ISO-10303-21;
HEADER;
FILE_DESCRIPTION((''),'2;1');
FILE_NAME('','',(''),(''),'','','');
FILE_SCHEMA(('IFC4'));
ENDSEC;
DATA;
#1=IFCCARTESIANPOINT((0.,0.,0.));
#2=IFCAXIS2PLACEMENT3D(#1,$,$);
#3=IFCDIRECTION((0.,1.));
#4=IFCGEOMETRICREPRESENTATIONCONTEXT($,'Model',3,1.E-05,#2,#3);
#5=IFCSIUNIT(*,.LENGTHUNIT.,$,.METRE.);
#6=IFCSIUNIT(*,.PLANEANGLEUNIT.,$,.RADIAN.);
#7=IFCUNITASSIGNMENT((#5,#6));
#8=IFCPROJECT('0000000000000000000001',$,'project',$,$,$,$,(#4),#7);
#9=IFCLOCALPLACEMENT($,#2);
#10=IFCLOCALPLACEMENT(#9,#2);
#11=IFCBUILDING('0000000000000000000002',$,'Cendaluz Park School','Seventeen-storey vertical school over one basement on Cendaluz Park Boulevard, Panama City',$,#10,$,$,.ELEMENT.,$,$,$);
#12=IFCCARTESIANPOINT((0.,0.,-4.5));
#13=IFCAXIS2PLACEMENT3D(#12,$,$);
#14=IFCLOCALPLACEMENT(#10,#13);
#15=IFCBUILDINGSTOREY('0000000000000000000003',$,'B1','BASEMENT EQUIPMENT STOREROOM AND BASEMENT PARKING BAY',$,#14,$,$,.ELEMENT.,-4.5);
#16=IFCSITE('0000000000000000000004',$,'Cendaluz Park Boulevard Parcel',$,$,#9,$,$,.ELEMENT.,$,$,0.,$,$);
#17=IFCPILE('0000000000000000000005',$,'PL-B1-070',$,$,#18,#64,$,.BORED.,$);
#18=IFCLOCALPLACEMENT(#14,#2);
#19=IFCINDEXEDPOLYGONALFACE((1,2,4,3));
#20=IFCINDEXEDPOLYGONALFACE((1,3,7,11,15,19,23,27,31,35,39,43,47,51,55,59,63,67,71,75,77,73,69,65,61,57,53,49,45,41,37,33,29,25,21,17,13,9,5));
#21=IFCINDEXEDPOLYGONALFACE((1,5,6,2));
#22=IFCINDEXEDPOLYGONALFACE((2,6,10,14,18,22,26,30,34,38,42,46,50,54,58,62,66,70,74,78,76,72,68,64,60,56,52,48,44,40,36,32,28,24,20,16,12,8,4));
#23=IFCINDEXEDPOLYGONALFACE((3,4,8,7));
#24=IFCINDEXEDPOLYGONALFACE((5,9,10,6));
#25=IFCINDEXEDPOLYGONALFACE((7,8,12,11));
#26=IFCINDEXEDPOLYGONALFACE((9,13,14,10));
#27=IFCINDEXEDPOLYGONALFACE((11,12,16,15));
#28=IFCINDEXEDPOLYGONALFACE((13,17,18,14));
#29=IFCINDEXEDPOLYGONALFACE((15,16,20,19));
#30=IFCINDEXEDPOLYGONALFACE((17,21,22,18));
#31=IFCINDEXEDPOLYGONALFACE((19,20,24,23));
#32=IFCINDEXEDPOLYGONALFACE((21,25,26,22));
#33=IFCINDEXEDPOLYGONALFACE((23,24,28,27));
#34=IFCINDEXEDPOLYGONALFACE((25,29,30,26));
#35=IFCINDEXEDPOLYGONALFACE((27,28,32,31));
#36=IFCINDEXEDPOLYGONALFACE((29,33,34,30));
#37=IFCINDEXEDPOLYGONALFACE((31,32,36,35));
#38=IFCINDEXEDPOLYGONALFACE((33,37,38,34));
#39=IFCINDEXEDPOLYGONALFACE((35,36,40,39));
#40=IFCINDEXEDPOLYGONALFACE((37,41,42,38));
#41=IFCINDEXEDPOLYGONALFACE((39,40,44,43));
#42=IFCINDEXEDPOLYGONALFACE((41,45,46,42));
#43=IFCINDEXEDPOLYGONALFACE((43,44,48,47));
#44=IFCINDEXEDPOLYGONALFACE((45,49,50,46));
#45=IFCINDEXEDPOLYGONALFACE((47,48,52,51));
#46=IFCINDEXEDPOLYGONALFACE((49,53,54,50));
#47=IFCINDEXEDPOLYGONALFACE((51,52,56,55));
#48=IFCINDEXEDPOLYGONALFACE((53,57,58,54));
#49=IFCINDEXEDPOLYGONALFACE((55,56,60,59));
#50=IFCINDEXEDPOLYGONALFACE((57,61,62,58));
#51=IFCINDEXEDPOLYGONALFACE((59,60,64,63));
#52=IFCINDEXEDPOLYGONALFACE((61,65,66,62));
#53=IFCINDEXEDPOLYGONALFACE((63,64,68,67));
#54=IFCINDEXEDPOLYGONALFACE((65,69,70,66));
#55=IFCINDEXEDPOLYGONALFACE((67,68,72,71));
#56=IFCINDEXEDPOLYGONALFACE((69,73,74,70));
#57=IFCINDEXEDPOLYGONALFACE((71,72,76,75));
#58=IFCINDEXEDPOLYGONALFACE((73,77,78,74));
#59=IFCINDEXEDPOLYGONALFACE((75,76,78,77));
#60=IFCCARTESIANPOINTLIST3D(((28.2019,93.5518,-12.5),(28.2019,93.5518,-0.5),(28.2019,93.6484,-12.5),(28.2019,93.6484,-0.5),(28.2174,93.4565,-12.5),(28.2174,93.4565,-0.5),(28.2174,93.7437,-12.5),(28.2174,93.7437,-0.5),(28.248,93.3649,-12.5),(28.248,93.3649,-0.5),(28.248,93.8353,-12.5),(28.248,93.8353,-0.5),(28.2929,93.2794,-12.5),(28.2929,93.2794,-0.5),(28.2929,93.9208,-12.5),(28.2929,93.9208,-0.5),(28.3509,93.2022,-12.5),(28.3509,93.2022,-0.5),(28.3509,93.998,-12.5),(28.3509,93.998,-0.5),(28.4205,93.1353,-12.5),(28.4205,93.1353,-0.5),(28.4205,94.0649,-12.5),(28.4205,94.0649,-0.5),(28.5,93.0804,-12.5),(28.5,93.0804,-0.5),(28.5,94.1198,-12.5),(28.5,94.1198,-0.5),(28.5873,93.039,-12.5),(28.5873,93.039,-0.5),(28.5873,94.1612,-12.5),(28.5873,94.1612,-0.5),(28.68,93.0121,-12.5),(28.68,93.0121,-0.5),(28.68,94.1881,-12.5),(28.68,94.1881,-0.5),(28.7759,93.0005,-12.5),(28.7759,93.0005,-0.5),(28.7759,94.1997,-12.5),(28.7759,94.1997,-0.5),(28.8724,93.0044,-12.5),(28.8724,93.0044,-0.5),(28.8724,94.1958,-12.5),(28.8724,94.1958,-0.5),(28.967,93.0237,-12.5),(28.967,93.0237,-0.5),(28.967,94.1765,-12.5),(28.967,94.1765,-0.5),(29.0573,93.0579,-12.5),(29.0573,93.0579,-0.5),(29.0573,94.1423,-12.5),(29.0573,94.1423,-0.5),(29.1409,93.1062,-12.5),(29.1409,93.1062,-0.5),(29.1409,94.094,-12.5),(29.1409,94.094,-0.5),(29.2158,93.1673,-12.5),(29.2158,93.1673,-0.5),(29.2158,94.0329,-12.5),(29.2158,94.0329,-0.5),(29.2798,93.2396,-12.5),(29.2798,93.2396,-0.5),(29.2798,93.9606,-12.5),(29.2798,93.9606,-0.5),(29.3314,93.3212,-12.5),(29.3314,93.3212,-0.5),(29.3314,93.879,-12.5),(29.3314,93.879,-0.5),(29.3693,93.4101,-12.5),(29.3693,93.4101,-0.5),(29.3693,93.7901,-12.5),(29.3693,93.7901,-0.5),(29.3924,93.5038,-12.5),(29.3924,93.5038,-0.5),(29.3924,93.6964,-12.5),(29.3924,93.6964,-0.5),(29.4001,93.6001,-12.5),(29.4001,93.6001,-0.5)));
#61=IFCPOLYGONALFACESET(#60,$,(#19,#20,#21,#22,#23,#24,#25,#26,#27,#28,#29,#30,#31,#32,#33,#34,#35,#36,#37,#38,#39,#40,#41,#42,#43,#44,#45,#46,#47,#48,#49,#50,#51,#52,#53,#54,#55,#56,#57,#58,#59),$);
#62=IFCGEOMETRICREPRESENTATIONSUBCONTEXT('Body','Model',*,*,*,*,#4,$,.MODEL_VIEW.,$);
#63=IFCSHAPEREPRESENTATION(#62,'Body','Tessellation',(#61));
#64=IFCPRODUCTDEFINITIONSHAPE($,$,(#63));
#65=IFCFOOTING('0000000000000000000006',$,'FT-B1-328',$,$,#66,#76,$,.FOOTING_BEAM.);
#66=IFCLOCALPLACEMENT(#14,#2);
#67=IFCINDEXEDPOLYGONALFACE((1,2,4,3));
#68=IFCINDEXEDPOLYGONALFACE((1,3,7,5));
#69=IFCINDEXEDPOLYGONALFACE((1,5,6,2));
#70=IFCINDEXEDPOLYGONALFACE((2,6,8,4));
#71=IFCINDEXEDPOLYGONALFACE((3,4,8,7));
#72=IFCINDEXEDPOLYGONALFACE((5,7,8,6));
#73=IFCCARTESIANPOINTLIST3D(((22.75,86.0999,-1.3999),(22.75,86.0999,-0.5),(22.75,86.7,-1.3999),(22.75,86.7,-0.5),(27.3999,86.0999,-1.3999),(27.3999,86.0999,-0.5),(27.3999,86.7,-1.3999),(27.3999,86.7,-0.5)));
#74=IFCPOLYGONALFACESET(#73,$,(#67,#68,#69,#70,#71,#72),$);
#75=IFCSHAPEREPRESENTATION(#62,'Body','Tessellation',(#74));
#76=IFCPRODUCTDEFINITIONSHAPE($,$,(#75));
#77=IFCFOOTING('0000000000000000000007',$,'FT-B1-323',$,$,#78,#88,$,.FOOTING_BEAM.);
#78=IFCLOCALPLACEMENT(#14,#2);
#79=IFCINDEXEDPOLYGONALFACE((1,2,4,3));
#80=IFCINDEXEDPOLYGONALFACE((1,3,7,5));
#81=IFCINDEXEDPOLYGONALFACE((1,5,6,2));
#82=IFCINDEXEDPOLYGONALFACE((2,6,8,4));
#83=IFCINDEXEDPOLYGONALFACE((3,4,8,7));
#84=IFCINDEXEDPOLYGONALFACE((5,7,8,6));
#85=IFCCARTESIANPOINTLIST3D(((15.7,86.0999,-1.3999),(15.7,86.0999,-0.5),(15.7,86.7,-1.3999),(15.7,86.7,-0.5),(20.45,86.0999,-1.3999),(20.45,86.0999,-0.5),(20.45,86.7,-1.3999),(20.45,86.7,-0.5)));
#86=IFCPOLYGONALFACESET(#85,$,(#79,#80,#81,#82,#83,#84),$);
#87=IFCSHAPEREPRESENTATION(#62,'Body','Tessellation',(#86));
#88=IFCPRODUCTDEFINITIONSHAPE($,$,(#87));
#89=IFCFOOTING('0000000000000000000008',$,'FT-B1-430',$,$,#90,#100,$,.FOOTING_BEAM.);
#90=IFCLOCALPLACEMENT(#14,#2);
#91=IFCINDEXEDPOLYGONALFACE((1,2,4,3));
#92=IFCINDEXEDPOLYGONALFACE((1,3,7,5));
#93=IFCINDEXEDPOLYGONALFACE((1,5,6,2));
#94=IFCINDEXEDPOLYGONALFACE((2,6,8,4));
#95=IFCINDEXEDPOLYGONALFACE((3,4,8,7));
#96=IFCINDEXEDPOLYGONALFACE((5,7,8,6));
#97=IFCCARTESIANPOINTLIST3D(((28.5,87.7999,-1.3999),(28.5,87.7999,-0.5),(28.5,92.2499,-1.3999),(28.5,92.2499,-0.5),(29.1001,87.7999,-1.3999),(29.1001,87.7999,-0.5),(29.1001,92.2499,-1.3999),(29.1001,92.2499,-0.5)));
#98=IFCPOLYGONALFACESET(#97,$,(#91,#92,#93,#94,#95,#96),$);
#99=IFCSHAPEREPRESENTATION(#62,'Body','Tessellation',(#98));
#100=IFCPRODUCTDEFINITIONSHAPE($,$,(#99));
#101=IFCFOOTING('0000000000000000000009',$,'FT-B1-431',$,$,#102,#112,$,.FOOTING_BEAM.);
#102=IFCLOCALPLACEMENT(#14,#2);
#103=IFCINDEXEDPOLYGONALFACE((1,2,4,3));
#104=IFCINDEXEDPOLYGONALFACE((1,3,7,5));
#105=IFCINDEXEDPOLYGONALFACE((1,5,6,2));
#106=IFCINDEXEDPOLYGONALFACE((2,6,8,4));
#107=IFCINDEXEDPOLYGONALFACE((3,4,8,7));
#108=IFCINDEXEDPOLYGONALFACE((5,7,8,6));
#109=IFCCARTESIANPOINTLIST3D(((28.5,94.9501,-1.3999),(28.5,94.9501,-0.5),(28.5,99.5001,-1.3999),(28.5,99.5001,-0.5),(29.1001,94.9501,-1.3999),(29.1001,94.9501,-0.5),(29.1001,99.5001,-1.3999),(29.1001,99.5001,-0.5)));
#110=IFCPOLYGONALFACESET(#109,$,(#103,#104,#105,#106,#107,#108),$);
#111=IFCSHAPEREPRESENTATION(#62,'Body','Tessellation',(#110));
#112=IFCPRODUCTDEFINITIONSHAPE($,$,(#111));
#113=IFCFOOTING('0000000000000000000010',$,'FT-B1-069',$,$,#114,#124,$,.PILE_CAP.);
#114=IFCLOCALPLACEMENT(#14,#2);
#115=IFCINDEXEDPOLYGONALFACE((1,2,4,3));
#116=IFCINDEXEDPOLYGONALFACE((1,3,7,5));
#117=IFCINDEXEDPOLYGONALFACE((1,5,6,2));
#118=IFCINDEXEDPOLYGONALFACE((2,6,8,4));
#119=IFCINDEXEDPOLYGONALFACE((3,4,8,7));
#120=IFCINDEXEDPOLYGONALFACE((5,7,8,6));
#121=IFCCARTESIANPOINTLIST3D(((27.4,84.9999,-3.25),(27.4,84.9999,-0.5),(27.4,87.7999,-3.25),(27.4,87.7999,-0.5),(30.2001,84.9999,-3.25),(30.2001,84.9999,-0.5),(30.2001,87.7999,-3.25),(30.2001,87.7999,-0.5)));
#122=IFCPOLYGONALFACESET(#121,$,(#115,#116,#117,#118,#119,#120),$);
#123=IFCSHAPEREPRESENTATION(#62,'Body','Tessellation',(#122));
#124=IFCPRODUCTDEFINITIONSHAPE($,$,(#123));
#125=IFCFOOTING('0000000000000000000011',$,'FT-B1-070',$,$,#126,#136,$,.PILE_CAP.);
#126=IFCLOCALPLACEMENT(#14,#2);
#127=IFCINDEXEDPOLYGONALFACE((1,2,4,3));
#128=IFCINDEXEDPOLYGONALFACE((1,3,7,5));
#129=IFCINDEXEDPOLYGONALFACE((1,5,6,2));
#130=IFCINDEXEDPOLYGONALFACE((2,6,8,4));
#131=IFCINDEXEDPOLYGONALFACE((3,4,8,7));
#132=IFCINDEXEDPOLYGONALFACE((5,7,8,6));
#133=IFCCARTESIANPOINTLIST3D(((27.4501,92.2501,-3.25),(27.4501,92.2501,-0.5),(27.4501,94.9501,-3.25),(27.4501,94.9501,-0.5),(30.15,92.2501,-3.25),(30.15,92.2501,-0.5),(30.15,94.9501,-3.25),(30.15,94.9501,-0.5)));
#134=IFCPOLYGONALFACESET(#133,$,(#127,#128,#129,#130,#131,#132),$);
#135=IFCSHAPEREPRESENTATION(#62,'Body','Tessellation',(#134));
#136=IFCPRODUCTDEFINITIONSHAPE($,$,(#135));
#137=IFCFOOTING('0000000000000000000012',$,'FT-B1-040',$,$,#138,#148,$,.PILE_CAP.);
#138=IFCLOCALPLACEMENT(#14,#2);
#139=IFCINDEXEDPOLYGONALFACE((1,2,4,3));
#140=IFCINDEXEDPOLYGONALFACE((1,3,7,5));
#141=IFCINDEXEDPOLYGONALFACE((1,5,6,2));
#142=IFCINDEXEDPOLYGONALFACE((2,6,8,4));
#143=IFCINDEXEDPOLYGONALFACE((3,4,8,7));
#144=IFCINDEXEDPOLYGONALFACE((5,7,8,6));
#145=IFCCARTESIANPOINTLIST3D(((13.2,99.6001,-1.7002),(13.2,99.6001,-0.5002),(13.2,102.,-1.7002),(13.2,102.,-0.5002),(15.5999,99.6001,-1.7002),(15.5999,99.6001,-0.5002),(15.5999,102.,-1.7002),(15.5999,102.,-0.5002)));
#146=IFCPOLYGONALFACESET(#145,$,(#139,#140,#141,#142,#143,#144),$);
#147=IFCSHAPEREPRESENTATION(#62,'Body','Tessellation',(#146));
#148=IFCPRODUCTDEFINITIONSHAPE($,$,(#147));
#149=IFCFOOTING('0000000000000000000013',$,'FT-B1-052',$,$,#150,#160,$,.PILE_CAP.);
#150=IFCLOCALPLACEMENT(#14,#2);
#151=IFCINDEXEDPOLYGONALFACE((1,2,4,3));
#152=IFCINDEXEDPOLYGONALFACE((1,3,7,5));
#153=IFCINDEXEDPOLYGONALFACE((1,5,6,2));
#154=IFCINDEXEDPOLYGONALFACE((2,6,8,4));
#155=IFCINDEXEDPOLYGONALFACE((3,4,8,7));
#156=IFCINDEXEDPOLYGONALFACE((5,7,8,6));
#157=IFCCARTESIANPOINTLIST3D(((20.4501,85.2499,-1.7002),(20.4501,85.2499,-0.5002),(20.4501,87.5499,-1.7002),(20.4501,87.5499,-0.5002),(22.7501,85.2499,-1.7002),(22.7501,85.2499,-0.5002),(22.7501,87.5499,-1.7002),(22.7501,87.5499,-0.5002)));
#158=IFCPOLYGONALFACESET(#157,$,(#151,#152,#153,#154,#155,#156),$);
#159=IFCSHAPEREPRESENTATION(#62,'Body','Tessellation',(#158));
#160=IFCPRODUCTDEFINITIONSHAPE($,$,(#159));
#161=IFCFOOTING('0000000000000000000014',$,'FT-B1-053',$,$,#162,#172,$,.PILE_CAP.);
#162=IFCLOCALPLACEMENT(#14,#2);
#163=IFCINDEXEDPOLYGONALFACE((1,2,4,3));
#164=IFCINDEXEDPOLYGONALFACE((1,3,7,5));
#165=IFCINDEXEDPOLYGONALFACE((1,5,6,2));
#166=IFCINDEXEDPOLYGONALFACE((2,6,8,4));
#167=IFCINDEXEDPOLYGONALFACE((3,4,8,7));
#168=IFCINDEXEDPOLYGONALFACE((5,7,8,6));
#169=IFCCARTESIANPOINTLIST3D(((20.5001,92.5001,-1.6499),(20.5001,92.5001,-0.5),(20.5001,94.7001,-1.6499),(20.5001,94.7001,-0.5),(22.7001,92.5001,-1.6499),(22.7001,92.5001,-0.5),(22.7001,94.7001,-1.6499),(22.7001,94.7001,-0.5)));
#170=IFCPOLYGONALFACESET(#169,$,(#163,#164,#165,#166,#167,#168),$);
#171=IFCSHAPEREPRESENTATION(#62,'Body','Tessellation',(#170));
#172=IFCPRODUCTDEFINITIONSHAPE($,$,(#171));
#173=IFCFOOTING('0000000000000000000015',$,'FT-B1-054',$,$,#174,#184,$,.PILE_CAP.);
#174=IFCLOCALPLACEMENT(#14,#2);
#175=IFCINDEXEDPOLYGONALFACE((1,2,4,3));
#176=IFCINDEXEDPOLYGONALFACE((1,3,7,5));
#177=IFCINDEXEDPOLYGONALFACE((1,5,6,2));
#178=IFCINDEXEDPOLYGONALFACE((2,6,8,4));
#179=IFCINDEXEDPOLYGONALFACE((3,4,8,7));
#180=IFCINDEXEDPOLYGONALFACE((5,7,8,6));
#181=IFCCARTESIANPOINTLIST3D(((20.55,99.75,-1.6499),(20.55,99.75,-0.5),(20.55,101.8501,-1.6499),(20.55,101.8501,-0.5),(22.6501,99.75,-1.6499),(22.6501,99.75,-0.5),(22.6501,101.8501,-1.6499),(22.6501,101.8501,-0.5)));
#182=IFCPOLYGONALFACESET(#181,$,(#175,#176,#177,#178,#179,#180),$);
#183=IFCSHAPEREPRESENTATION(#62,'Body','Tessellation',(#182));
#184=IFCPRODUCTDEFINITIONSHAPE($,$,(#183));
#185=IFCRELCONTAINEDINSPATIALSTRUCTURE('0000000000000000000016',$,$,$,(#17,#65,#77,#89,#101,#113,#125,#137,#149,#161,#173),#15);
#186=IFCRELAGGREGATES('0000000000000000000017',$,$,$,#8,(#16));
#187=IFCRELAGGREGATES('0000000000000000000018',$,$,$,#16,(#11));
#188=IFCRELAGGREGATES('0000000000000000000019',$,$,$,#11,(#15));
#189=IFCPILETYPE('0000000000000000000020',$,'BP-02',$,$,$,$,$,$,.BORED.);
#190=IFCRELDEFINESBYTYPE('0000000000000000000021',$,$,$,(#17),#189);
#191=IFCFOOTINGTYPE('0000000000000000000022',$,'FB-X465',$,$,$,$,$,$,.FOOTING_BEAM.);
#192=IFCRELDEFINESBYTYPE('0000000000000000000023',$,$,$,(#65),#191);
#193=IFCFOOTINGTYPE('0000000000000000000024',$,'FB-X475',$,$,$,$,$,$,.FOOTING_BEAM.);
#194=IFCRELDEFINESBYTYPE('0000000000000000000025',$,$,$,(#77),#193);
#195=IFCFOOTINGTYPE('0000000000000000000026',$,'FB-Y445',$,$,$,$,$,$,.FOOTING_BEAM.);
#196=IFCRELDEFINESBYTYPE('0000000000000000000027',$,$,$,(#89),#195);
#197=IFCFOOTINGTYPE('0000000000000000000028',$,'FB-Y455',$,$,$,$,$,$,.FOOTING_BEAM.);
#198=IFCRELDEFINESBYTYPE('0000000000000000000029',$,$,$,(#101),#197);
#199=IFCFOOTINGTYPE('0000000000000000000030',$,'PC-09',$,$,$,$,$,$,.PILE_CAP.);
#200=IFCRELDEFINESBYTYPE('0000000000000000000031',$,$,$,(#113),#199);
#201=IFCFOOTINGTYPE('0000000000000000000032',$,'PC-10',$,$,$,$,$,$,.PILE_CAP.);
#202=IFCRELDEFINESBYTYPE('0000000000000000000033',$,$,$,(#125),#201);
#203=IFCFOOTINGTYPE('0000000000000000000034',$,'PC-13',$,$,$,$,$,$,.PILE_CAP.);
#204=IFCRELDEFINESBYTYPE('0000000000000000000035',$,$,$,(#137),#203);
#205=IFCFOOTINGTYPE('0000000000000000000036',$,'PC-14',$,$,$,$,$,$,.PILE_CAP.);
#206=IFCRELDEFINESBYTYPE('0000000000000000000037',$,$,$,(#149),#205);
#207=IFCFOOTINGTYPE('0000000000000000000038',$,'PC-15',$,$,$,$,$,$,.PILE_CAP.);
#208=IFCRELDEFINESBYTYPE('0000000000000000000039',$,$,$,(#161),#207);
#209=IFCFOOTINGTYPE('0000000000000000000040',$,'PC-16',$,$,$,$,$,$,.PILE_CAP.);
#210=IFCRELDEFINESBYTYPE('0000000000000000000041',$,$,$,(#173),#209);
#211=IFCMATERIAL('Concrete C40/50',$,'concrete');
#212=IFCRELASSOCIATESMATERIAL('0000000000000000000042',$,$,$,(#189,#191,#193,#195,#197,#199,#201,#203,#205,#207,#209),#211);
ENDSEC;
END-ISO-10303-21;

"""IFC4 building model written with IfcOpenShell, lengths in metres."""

from ifc_helpers import new_model, si_unit, direction, frame, origin, origin_2d, place, context, subcontext, project, spatial, rectangle, circle, extrude, material, material_profile, profile_set, type_object, element, save


model = new_model("IFC4")

# Units and contexts
model_context = context("Model", 3, precision=1e-05, world=origin(), true_north=direction((0.0, 1.0)))
body_context = subcontext(model_context, "Body", "Model", "MODEL_VIEW")
ifc_project = project(units=[si_unit("LENGTHUNIT", "METRE"), si_unit("PLANEANGLEUNIT", "RADIAN")], contexts=[model_context])

# Site, building, storey
site_placement = place(None, origin())
site = spatial("IfcSite", under=ifc_project, at=site_placement, Name="Cendaluz Park Boulevard Parcel", CompositionType="ELEMENT", RefElevation=0.0)
building_placement = place(site_placement, origin())
building = spatial("IfcBuilding", under=site, at=building_placement, Name="Cendaluz Park School", Description="Seventeen-storey vertical school over one basement on Cendaluz Park Boulevard, Panama City", CompositionType="ELEMENT")
storey_placement = place(building_placement, frame((0.0, 0.0, -4.5)))
storey = spatial("IfcBuildingStorey", under=building, at=storey_placement, Name="B1", Description="BASEMENT EQUIPMENT STOREROOM AND BASEMENT PARKING BAY", CompositionType="ELEMENT", Elevation=-4.5)

# Pile
ifc_material_1 = material(Name="Concrete C40/50", Category="concrete")
ifc_material_profile_1 = material_profile(ifc_material_1, circle(Radius=0.6001, at=origin_2d()), Name="BP D1200", Category="concrete")
ifc_profile_set_1 = profile_set([ifc_material_profile_1], Name="Concrete C40/50")
pile_type_1 = type_object("IfcPileType", Name="BP-02", PredefinedType="BORED", material=ifc_profile_set_1)
for number, where, z_axis, x_axis, name in (
    (1, (28.8, 93.6001, -0.5), (0.0, 0.0, -1.0), (1.0, 0.0, 0.0), "PL-B1-070"),
):
    element("IfcPile", number, at=place(storey_placement, frame(where, z_axis=z_axis, x_axis=x_axis)), inside=storey, type_object=pile_type_1, Name=name, PredefinedType="BORED", context=body_context, shape_type="SweptSolid", body=[
        extrude(circle(Radius=0.6001, at=origin_2d()), origin(), (0.0, 0.0, 1.0), 12.0),
    ])

# Footings
footing_type_1 = type_object("IfcFootingType", Name="FB-X465", PredefinedType="FOOTING_BEAM", material=ifc_material_1)
footing_1_placement = place(storey_placement, frame((25.075, 86.3999, -1.3999), z_axis=(0.0, 0.0, 1.0), x_axis=(1.0, 0.0, 0.0)))
element("IfcFooting", 2, at=footing_1_placement, inside=storey, type_object=footing_type_1, Name="FT-B1-328", PredefinedType="FOOTING_BEAM", context=body_context, shape_type="SweptSolid", body=[
    extrude(rectangle(XDim=4.6499, YDim=0.6001, at=origin_2d()), origin(), (0.0, 0.0, 1.0), 0.8999),
])
footing_type_2 = type_object("IfcFootingType", Name="FB-X475", PredefinedType="FOOTING_BEAM", material=ifc_material_1)
footing_2_placement = place(storey_placement, frame((18.075, 86.3999, -1.3999), z_axis=(0.0, 0.0, 1.0), x_axis=(1.0, 0.0, 0.0)))
element("IfcFooting", 3, at=footing_2_placement, inside=storey, type_object=footing_type_2, Name="FT-B1-323", PredefinedType="FOOTING_BEAM", context=body_context, shape_type="SweptSolid", body=[
    extrude(rectangle(XDim=4.75, YDim=0.6001, at=origin_2d()), origin(), (0.0, 0.0, 1.0), 0.8999),
])
footing_type_3 = type_object("IfcFootingType", Name="FB-Y445", PredefinedType="FOOTING_BEAM", material=ifc_material_1)
footing_3_placement = place(storey_placement, frame((28.8, 90.0249, -1.3999), z_axis=(0.0, 0.0, 1.0), x_axis=(1.0, 0.0, 0.0)))
element("IfcFooting", 4, at=footing_3_placement, inside=storey, type_object=footing_type_3, Name="FT-B1-430", PredefinedType="FOOTING_BEAM", context=body_context, shape_type="SweptSolid", body=[
    extrude(rectangle(XDim=0.6001, YDim=4.45, at=origin_2d()), origin(), (0.0, 0.0, 1.0), 0.8999),
])
footing_type_4 = type_object("IfcFootingType", Name="FB-Y455", PredefinedType="FOOTING_BEAM", material=ifc_material_1)
footing_4_placement = place(storey_placement, frame((28.8, 97.2251, -1.3999), z_axis=(0.0, 0.0, 1.0), x_axis=(1.0, 0.0, 0.0)))
element("IfcFooting", 5, at=footing_4_placement, inside=storey, type_object=footing_type_4, Name="FT-B1-431", PredefinedType="FOOTING_BEAM", context=body_context, shape_type="SweptSolid", body=[
    extrude(rectangle(XDim=0.6001, YDim=4.55, at=origin_2d()), origin(), (0.0, 0.0, 1.0), 0.8999),
])
footing_type_5 = type_object("IfcFootingType", Name="PC-09", PredefinedType="PILE_CAP", material=ifc_material_1)
footing_5_placement = place(storey_placement, frame((28.8, 86.3999, -3.25), z_axis=(0.0, 0.0, 1.0), x_axis=(1.0, 0.0, 0.0)))
element("IfcFooting", 6, at=footing_5_placement, inside=storey, type_object=footing_type_5, Name="FT-B1-069", PredefinedType="PILE_CAP", context=body_context, shape_type="SweptSolid", body=[
    extrude(rectangle(XDim=2.8, YDim=2.8, at=origin_2d()), origin(), (0.0, 0.0, 1.0), 2.75),
])
footing_type_6 = type_object("IfcFootingType", Name="PC-10", PredefinedType="PILE_CAP", material=ifc_material_1)
footing_6_placement = place(storey_placement, frame((28.8, 93.6001, -3.25), z_axis=(0.0, 0.0, 1.0), x_axis=(1.0, 0.0, 0.0)))
element("IfcFooting", 7, at=footing_6_placement, inside=storey, type_object=footing_type_6, Name="FT-B1-070", PredefinedType="PILE_CAP", context=body_context, shape_type="SweptSolid", body=[
    extrude(rectangle(XDim=2.7, YDim=2.7, at=origin_2d()), origin(), (0.0, 0.0, 1.0), 2.75),
])
footing_type_7 = type_object("IfcFootingType", Name="PC-13", PredefinedType="PILE_CAP", material=ifc_material_1)
footing_7_placement = place(storey_placement, frame((14.3999, 100.8, -1.7002), z_axis=(0.0, 0.0, 1.0), x_axis=(1.0, 0.0, 0.0)))
element("IfcFooting", 8, at=footing_7_placement, inside=storey, type_object=footing_type_7, Name="FT-B1-040", PredefinedType="PILE_CAP", context=body_context, shape_type="SweptSolid", body=[
    extrude(rectangle(XDim=2.3999, YDim=2.3999, at=origin_2d()), origin(), (0.0, 0.0, 1.0), 1.2),
])
footing_type_8 = type_object("IfcFootingType", Name="PC-14", PredefinedType="PILE_CAP", material=ifc_material_1)
footing_8_placement = place(storey_placement, frame((21.6001, 86.3999, -1.7002), z_axis=(0.0, 0.0, 1.0), x_axis=(1.0, 0.0, 0.0)))
element("IfcFooting", 9, at=footing_8_placement, inside=storey, type_object=footing_type_8, Name="FT-B1-052", PredefinedType="PILE_CAP", context=body_context, shape_type="SweptSolid", body=[
    extrude(rectangle(XDim=2.3, YDim=2.3, at=origin_2d()), origin(), (0.0, 0.0, 1.0), 1.2),
])
footing_type_9 = type_object("IfcFootingType", Name="PC-15", PredefinedType="PILE_CAP", material=ifc_material_1)
footing_9_placement = place(storey_placement, frame((21.6001, 93.6001, -1.6499), z_axis=(0.0, 0.0, 1.0), x_axis=(1.0, 0.0, 0.0)))
element("IfcFooting", 10, at=footing_9_placement, inside=storey, type_object=footing_type_9, Name="FT-B1-053", PredefinedType="PILE_CAP", context=body_context, shape_type="SweptSolid", body=[
    extrude(rectangle(XDim=2.2, YDim=2.2, at=origin_2d()), origin(), (0.0, 0.0, 1.0), 1.1499),
])
footing_type_10 = type_object("IfcFootingType", Name="PC-16", PredefinedType="PILE_CAP", material=ifc_material_1)
footing_10_placement = place(storey_placement, frame((21.6001, 100.8, -1.6499), z_axis=(0.0, 0.0, 1.0), x_axis=(1.0, 0.0, 0.0)))
element("IfcFooting", 11, at=footing_10_placement, inside=storey, type_object=footing_type_10, Name="FT-B1-054", PredefinedType="PILE_CAP", context=body_context, shape_type="SweptSolid", body=[
    extrude(rectangle(XDim=2.1001, YDim=2.1001, at=origin_2d()), origin(), (0.0, 0.0, 1.0), 1.1499),
])

save(model, "model.ifc")
